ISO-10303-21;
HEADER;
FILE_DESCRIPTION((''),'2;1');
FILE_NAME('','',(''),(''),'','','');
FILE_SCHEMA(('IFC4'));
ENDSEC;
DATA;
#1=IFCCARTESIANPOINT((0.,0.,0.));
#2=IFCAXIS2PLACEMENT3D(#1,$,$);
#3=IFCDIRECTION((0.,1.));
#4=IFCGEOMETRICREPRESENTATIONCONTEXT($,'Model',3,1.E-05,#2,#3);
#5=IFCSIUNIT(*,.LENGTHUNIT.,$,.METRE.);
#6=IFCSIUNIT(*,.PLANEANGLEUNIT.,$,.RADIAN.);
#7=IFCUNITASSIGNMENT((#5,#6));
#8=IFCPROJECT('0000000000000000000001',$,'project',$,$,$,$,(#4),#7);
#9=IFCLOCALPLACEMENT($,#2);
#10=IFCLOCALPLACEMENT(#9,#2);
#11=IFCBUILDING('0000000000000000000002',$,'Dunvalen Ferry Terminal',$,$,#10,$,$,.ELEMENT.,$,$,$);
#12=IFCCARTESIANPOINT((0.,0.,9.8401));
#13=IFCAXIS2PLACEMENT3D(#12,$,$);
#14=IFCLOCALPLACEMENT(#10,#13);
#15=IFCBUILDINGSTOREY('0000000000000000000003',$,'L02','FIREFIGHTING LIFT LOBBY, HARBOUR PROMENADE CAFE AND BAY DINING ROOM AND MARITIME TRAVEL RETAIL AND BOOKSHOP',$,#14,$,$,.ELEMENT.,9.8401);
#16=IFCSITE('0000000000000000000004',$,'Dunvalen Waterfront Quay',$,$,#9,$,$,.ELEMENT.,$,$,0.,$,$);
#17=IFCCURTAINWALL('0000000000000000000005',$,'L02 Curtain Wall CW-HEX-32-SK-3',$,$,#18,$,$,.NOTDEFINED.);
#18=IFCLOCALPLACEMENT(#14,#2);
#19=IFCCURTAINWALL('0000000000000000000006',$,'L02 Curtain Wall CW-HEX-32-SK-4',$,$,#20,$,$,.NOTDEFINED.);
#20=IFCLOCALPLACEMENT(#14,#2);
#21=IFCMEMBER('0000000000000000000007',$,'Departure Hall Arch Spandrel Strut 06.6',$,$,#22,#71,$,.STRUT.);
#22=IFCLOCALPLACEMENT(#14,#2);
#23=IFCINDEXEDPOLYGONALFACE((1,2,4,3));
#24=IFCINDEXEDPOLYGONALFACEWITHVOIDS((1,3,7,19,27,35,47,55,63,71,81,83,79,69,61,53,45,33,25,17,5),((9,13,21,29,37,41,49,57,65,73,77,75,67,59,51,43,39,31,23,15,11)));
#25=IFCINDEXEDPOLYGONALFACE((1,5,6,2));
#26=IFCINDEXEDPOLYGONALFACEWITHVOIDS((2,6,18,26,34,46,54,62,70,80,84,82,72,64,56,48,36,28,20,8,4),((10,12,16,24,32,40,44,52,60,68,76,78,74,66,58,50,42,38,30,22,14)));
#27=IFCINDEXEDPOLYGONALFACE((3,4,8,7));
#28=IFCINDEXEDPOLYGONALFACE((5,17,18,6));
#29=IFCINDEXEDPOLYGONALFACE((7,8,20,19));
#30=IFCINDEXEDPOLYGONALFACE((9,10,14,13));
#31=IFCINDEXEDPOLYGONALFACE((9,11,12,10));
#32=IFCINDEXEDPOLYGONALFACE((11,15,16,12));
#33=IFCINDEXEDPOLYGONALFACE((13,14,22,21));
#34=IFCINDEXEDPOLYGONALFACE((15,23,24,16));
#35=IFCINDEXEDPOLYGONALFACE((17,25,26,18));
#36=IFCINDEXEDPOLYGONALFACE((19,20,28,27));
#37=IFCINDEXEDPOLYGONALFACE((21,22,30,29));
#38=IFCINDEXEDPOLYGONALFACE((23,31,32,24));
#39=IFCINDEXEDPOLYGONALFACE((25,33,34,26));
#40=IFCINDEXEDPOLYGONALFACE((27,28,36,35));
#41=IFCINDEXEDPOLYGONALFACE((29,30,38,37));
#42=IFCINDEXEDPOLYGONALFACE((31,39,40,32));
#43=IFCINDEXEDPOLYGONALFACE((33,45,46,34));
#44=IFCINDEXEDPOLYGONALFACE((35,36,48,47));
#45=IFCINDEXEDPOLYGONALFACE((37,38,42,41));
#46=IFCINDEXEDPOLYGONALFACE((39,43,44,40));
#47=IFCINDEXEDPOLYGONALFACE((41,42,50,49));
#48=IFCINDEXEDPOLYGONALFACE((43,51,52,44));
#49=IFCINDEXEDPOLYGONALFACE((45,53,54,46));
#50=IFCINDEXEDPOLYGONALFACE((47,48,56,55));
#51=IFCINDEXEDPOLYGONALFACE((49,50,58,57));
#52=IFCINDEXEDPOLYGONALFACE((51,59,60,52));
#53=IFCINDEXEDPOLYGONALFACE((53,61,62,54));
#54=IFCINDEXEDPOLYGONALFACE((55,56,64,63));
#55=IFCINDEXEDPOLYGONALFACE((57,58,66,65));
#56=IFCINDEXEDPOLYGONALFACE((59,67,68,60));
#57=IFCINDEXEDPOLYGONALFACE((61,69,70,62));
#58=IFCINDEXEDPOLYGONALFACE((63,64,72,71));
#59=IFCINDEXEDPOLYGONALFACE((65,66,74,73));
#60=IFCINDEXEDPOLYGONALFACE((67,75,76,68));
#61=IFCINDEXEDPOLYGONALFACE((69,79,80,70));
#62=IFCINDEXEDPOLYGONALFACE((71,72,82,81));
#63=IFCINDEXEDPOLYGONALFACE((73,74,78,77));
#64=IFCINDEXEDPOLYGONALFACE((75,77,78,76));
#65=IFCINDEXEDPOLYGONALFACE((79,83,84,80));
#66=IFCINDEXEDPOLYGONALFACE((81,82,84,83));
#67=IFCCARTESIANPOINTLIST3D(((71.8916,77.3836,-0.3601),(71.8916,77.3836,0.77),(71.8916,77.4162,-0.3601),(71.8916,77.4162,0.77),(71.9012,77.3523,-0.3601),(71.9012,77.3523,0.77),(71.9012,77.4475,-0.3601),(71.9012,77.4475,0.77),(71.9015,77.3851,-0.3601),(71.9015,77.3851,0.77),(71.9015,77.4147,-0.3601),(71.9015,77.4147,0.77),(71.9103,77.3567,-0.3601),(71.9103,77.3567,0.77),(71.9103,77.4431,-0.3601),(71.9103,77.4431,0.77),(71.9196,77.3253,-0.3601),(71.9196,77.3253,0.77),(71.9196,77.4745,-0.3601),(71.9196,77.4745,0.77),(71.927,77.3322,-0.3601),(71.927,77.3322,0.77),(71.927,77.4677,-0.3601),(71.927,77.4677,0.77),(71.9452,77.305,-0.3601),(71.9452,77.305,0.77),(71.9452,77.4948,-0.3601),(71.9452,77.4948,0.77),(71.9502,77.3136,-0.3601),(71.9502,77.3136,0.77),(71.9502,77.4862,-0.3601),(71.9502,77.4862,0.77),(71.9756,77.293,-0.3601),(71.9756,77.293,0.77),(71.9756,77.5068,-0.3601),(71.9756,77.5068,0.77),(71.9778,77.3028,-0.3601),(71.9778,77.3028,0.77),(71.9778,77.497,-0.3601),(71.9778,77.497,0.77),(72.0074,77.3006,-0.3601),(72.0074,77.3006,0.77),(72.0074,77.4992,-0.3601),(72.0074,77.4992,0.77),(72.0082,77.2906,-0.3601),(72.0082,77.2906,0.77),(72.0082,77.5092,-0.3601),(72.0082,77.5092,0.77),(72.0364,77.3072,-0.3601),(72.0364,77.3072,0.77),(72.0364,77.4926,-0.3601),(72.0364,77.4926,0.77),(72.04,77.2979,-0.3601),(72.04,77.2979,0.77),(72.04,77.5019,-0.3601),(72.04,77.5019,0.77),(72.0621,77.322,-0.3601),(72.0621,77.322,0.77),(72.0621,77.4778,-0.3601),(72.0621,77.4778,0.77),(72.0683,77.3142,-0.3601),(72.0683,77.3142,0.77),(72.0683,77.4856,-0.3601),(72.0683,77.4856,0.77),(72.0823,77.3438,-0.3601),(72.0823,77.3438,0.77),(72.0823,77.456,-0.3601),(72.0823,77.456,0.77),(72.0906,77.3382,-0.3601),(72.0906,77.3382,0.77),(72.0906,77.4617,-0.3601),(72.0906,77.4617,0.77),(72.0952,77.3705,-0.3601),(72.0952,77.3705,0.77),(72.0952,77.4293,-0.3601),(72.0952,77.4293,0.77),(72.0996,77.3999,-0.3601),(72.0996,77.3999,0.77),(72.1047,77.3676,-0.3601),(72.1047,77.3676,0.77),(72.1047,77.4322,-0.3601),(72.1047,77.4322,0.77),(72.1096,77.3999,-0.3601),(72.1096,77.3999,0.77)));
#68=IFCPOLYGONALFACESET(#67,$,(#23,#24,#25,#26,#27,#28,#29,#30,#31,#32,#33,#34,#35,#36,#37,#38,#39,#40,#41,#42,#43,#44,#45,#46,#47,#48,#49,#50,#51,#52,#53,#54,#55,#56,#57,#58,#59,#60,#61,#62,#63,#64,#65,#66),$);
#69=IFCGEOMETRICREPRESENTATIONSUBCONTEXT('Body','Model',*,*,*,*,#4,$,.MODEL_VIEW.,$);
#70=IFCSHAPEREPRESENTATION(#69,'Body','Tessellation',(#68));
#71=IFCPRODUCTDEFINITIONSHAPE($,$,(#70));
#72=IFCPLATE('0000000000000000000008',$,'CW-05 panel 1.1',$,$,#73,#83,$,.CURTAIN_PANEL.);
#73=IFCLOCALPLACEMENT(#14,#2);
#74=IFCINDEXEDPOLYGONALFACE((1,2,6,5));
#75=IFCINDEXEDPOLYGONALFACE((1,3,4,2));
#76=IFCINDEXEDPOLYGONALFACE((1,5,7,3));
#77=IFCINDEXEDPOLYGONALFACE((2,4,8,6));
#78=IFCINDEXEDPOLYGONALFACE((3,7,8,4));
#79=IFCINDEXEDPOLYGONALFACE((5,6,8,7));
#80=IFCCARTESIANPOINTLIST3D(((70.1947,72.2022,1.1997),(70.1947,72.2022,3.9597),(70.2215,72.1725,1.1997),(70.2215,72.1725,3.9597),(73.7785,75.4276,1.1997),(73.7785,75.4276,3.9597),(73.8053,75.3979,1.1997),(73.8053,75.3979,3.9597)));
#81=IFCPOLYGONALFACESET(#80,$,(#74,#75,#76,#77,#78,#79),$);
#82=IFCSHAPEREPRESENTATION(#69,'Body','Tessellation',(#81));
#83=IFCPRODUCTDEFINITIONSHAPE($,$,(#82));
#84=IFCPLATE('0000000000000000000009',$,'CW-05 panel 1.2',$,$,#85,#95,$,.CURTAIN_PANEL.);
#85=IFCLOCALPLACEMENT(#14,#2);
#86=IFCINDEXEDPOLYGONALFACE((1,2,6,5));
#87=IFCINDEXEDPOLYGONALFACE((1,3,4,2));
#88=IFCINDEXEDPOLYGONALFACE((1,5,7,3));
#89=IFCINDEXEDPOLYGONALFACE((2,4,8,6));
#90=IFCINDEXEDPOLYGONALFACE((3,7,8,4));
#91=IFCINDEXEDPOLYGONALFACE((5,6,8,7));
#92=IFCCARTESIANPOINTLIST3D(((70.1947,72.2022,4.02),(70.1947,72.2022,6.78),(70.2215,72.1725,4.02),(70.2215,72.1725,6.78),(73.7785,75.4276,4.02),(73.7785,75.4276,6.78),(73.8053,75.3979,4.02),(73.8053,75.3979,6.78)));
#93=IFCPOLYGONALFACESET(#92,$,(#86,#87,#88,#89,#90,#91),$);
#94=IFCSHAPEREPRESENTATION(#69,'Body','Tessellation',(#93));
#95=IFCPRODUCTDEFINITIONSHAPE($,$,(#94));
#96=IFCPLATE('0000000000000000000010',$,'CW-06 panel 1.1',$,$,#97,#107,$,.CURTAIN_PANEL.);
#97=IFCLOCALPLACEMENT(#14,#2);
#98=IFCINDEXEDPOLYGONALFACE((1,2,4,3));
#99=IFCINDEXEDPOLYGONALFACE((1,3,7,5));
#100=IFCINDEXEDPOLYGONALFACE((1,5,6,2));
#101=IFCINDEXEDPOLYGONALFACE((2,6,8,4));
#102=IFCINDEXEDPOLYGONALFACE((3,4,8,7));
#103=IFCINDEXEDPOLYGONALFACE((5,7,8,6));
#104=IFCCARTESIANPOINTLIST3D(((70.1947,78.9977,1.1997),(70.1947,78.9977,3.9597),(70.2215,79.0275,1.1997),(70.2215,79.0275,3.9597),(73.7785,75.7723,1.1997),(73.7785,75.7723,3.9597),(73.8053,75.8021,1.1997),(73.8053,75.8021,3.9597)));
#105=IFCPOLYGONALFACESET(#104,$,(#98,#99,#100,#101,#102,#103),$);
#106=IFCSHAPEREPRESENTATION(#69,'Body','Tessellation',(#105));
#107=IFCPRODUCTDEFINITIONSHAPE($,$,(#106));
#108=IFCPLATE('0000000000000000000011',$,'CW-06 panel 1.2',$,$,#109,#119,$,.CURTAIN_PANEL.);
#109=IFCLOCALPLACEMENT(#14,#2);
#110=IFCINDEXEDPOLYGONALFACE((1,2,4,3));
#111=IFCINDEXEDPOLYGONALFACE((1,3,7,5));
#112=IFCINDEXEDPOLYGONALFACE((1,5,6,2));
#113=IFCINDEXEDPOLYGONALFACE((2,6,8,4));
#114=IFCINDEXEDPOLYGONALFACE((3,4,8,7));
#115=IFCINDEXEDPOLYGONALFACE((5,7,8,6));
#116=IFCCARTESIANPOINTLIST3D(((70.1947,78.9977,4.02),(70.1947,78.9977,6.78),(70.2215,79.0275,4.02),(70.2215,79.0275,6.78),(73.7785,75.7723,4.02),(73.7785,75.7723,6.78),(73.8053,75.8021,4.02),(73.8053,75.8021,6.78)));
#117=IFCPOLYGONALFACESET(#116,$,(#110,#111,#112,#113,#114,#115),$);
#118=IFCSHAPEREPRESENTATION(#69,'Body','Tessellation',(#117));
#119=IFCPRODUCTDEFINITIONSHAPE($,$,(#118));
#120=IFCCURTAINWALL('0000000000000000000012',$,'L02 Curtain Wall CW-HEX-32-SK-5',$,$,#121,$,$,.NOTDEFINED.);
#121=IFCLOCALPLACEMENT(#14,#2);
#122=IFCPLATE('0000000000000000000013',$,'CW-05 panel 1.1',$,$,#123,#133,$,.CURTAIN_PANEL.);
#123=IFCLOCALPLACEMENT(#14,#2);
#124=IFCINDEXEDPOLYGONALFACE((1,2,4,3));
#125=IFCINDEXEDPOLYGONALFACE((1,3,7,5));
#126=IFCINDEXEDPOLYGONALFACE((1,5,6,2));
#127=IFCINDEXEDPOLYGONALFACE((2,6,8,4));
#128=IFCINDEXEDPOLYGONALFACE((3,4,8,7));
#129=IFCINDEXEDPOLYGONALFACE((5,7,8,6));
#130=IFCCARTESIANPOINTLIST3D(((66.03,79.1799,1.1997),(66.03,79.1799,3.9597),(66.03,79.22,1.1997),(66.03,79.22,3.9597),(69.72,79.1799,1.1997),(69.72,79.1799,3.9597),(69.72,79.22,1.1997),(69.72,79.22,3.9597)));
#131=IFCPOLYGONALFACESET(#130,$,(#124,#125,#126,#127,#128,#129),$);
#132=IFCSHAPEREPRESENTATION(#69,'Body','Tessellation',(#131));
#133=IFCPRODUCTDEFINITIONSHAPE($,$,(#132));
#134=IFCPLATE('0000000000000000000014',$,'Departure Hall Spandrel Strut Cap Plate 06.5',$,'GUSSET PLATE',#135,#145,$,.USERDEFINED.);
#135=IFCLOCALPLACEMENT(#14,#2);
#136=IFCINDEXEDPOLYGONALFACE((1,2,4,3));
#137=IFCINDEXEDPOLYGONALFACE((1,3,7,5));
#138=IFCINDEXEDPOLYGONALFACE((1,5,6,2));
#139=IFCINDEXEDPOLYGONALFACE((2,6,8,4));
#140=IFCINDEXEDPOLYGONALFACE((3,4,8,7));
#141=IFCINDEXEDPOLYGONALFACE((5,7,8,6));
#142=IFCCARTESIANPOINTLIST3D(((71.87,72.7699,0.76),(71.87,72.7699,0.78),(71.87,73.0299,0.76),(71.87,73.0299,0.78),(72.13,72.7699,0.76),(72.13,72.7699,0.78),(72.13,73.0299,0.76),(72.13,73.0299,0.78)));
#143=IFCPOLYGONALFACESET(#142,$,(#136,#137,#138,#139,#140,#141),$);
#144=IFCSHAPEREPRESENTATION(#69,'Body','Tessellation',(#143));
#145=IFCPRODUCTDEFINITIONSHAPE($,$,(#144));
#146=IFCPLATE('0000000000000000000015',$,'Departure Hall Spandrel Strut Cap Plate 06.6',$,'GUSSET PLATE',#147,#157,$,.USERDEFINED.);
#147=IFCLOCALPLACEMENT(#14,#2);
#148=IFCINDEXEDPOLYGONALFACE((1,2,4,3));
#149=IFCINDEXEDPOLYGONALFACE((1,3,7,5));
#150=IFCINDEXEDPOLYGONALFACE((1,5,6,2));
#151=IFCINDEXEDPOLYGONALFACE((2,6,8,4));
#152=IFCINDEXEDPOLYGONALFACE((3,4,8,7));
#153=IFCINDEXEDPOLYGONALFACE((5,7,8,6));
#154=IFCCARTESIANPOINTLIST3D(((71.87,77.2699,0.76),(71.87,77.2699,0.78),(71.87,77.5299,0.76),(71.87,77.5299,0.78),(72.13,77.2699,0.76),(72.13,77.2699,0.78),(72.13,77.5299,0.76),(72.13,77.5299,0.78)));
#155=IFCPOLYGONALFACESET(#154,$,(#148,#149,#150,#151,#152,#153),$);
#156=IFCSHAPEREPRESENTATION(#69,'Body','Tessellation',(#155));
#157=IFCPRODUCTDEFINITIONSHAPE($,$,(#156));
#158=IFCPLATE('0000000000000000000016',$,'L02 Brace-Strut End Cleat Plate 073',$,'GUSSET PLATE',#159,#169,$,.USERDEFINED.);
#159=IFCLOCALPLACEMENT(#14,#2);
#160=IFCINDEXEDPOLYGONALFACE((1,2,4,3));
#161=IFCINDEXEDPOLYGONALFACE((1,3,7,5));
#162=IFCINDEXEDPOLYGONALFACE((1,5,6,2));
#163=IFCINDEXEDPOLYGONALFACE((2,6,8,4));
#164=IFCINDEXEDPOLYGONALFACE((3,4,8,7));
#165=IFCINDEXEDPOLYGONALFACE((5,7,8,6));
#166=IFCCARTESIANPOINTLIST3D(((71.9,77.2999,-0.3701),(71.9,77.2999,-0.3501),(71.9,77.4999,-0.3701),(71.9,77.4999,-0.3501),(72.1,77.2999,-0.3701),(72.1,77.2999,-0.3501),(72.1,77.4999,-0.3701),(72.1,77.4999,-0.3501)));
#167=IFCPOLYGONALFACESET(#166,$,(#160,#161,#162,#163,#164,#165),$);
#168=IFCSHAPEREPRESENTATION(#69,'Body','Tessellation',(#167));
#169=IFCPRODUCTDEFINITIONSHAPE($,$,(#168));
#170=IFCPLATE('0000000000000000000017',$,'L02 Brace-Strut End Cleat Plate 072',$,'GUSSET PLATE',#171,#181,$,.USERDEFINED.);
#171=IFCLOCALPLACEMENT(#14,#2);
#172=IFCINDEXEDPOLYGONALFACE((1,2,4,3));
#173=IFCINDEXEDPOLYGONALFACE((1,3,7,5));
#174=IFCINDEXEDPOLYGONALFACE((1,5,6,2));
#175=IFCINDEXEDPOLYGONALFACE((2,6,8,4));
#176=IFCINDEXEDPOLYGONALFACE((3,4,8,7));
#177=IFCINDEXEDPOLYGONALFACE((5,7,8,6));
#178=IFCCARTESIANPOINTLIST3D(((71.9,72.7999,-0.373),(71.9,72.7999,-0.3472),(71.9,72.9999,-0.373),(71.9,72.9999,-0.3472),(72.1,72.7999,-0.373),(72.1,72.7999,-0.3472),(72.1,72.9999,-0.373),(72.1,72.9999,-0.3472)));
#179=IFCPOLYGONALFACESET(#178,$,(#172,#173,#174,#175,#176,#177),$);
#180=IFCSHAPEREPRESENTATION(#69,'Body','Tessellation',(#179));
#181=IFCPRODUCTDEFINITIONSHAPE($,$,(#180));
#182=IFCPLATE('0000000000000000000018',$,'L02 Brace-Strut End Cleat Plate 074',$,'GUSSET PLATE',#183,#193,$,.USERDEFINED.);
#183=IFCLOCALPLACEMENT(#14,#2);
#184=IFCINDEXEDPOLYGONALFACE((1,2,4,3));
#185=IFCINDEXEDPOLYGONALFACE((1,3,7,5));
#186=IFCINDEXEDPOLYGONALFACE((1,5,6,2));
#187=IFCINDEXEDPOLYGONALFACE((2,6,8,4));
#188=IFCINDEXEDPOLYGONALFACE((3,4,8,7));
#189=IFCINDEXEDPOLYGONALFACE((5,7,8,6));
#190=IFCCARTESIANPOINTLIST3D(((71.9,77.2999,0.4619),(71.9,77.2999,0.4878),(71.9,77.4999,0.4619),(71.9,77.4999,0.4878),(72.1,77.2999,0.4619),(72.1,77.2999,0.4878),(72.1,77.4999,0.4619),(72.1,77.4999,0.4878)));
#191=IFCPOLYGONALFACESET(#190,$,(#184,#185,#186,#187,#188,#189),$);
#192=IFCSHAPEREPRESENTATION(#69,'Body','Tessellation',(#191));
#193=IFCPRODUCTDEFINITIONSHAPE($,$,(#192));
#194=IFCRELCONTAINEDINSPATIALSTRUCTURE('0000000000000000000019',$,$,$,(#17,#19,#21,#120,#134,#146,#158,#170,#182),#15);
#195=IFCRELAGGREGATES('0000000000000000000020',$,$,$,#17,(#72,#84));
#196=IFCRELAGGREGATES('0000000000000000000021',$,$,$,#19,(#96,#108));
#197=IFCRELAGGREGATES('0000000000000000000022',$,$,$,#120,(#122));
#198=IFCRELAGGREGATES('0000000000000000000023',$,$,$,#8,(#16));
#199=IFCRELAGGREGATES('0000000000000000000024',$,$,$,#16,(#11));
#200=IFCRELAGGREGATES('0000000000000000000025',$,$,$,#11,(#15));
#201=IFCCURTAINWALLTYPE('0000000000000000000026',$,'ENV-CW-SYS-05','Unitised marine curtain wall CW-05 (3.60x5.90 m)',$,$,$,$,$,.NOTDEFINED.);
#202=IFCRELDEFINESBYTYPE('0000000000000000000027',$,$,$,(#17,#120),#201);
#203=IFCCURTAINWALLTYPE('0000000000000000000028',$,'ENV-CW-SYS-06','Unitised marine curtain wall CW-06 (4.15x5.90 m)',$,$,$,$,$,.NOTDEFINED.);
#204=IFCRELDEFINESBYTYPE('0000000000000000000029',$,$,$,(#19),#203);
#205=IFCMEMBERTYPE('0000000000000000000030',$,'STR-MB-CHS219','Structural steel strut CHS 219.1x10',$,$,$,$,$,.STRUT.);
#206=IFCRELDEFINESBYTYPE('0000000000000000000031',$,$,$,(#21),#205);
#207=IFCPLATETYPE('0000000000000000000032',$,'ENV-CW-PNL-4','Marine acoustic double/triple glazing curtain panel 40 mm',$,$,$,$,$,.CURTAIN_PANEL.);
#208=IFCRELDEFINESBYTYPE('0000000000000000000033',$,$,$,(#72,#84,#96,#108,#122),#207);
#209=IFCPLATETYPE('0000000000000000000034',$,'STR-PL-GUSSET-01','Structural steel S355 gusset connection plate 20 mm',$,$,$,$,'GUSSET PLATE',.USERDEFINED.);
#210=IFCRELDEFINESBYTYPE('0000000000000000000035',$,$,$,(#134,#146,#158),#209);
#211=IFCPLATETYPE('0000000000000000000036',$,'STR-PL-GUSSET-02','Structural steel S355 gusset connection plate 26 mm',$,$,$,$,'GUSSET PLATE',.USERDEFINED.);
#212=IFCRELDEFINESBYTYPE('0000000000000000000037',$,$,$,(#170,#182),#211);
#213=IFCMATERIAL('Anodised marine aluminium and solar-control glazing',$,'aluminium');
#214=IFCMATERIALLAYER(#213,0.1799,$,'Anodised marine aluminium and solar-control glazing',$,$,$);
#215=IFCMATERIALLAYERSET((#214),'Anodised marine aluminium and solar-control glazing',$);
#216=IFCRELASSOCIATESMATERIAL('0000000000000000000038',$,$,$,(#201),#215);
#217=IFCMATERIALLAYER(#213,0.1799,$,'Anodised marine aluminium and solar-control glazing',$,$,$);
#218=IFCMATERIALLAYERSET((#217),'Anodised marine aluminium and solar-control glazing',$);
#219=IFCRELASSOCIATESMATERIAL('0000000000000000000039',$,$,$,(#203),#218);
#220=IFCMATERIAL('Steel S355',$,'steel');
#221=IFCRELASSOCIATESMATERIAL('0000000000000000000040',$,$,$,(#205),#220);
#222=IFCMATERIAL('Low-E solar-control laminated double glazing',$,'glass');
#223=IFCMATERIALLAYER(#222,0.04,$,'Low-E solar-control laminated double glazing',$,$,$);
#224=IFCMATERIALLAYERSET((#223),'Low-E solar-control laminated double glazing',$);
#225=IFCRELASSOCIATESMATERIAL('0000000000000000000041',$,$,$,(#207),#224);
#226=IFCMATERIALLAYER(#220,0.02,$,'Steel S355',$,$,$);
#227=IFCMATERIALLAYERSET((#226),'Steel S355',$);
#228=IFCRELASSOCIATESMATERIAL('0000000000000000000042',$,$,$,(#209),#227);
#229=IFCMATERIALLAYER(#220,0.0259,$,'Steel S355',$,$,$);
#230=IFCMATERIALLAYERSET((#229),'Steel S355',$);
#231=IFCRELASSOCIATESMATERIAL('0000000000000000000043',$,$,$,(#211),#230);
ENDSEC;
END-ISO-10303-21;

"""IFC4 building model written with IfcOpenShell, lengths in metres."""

from ifc_helpers import new_model, si_unit, direction, frame, origin, origin_2d, place, context, subcontext, project, spatial, rectangle, hollow_circle, extrude, material, layer, layer_set, material_profile, profile_set, type_object, element, aggregate, save


model = new_model("IFC4")

# Units and contexts
model_context = context("Model", 3, precision=1e-05, world=origin(), true_north=direction((0.0, 1.0)))
body_context = subcontext(model_context, "Body", "Model", "MODEL_VIEW")
ifc_project = project(units=[si_unit("LENGTHUNIT", "METRE"), si_unit("PLANEANGLEUNIT", "RADIAN")], contexts=[model_context])

# Site, building, storey
site_placement = place(None, origin())
site = spatial("IfcSite", under=ifc_project, at=site_placement, Name="Dunvalen Waterfront Quay", CompositionType="ELEMENT", RefElevation=0.0)
building_placement = place(site_placement, origin())
building = spatial("IfcBuilding", under=site, at=building_placement, Name="Dunvalen Ferry Terminal", CompositionType="ELEMENT")
storey_placement = place(building_placement, frame((0.0, 0.0, 9.8401)))
storey = spatial("IfcBuildingStorey", under=building, at=storey_placement, Name="L02", Description="FIREFIGHTING LIFT LOBBY, HARBOUR PROMENADE CAFE AND BAY DINING ROOM AND MARITIME TRAVEL RETAIL AND BOOKSHOP", CompositionType="ELEMENT", Elevation=9.8401)

# Curtain wall
ifc_material_1 = material(Name="Anodised marine aluminium and solar-control glazing", Category="aluminium")
ifc_layer_1 = layer(ifc_material_1, 0.1799, Name="Anodised marine aluminium and solar-control glazing")
ifc_layer_set_1 = layer_set([ifc_layer_1], Name="Anodised marine aluminium and solar-control glazing")
curtain_wall_type_1 = type_object("IfcCurtainWallType", Name="ENV-CW-SYS-05", Description="Unitised marine curtain wall CW-05 (3.60x5.90 m)", PredefinedType="NOTDEFINED", material=ifc_layer_set_1)
curtain_wall_1_placement = place(storey_placement, origin())
curtain_wall_1 = element("IfcCurtainWall", 1, at=curtain_wall_1_placement, inside=storey, type_object=curtain_wall_type_1, Name="L02 Curtain Wall CW-HEX-32-SK-3", PredefinedType="NOTDEFINED")

# Curtain wall
ifc_layer_2 = layer(ifc_material_1, 0.1799, Name="Anodised marine aluminium and solar-control glazing")
ifc_layer_set_2 = layer_set([ifc_layer_2], Name="Anodised marine aluminium and solar-control glazing")
curtain_wall_type_2 = type_object("IfcCurtainWallType", Name="ENV-CW-SYS-06", Description="Unitised marine curtain wall CW-06 (4.15x5.90 m)", PredefinedType="NOTDEFINED", material=ifc_layer_set_2)
curtain_wall_2_placement = place(storey_placement, origin())
curtain_wall_2 = element("IfcCurtainWall", 2, at=curtain_wall_2_placement, inside=storey, type_object=curtain_wall_type_2, Name="L02 Curtain Wall CW-HEX-32-SK-4", PredefinedType="NOTDEFINED")

# Shared definitions
ifc_material_2 = material(Name="Steel S355", Category="steel")

# Member
ifc_material_profile_1 = material_profile(ifc_material_2, hollow_circle(Radius=0.1096, WallThickness=0.01, at=origin_2d()), Name="Steel S355")
ifc_profile_set_1 = profile_set([ifc_material_profile_1], Name="Steel S355")
member_type_1 = type_object("IfcMemberType", Name="STR-MB-CHS219", Description="Structural steel strut CHS 219.1x10", PredefinedType="STRUT", material=ifc_profile_set_1)
for number, where, z_axis, x_axis, name in (
    (3, (72.0, 77.3999, -0.3601), (0.0, 0.0, 1.0), (1.0, 0.0, 0.0), "Departure Hall Arch Spandrel Strut 06.6"),
):
    element("IfcMember", number, at=place(storey_placement, frame(where, z_axis=z_axis, x_axis=x_axis)), inside=storey, type_object=member_type_1, Name=name, PredefinedType="STRUT", context=body_context, shape_type="SweptSolid", body=[
        extrude(hollow_circle(Radius=0.1096, WallThickness=0.01, at=origin_2d()), origin(), (0.0, 0.0, 1.0), 1.1301),
    ])

# Plates
ifc_material_3 = material(Name="Low-E solar-control laminated double glazing", Category="glass")
ifc_layer_3 = layer(ifc_material_3, 0.04, Name="Low-E solar-control laminated double glazing")
ifc_layer_set_3 = layer_set([ifc_layer_3], Name="Low-E solar-control laminated double glazing")
plate_type_1 = type_object("IfcPlateType", Name="ENV-CW-PNL-4", Description="Marine acoustic double/triple glazing curtain panel 40 mm", PredefinedType="CURTAIN_PANEL", material=ifc_layer_set_3)
plate_1_placement = place(storey_placement, frame((72.0, 73.8, 1.1997), z_axis=(0.0, 0.0, 1.0), x_axis=(0.743304, 0.668954, 0.0)))
plate_1 = element("IfcPlate", 4, at=plate_1_placement, type_object=plate_type_1, Name="CW-05 panel 1.1", PredefinedType="CURTAIN_PANEL", context=body_context, shape_type="SweptSolid", body=[
    extrude(rectangle(XDim=4.8215, YDim=0.04, at=origin_2d()), origin(), (0.0, 0.0, 1.0), 2.76),
])
plate_2_placement = place(storey_placement, frame((72.0, 73.8, 4.02), z_axis=(0.0, 0.0, 1.0), x_axis=(0.743304, 0.668954, 0.0)))
plate_2 = element("IfcPlate", 5, at=plate_2_placement, type_object=plate_type_1, Name="CW-05 panel 1.2", PredefinedType="CURTAIN_PANEL", context=body_context, shape_type="SweptSolid", body=[
    extrude(rectangle(XDim=4.8215, YDim=0.04, at=origin_2d()), origin(), (0.0, 0.0, 1.0), 2.76),
])
aggregate(curtain_wall_1, [plate_1, plate_2])
plate_3_placement = place(storey_placement, frame((72.0, 77.3999, 1.1997), z_axis=(0.0, 0.0, 1.0), x_axis=(-0.743304, 0.668954, 0.0)))
plate_3 = element("IfcPlate", 6, at=plate_3_placement, type_object=plate_type_1, Name="CW-06 panel 1.1", PredefinedType="CURTAIN_PANEL", context=body_context, shape_type="SweptSolid", body=[
    extrude(rectangle(XDim=4.8215, YDim=0.04, at=origin_2d()), origin(), (0.0, 0.0, 1.0), 2.76),
])
plate_4_placement = place(storey_placement, frame((72.0, 77.3999, 4.02), z_axis=(0.0, 0.0, 1.0), x_axis=(-0.743304, 0.668954, 0.0)))
plate_4 = element("IfcPlate", 7, at=plate_4_placement, type_object=plate_type_1, Name="CW-06 panel 1.2", PredefinedType="CURTAIN_PANEL", context=body_context, shape_type="SweptSolid", body=[
    extrude(rectangle(XDim=4.8215, YDim=0.04, at=origin_2d()), origin(), (0.0, 0.0, 1.0), 2.76),
])
aggregate(curtain_wall_2, [plate_3, plate_4])

# Curtain wall, plate
curtain_wall_3_placement = place(storey_placement, origin())
curtain_wall_3 = element("IfcCurtainWall", 8, at=curtain_wall_3_placement, inside=storey, type_object=curtain_wall_type_1, Name="L02 Curtain Wall CW-HEX-32-SK-5", PredefinedType="NOTDEFINED")
plate_5_placement = place(storey_placement, frame((67.875, 79.2, 1.1997), z_axis=(0.0, 0.0, 1.0), x_axis=(-1.0, 0.0, 0.0)))
plate_5 = element("IfcPlate", 9, at=plate_5_placement, type_object=plate_type_1, Name="CW-05 panel 1.1", PredefinedType="CURTAIN_PANEL", context=body_context, shape_type="SweptSolid", body=[
    extrude(rectangle(XDim=3.6899, YDim=0.04, at=origin_2d()), origin(), (0.0, 0.0, 1.0), 2.76),
])
aggregate(curtain_wall_3, [plate_5])

# Plates
ifc_layer_4 = layer(ifc_material_2, 0.02, Name="Steel S355")
ifc_layer_set_4 = layer_set([ifc_layer_4], Name="Steel S355")
plate_type_2 = type_object("IfcPlateType", Name="STR-PL-GUSSET-01", Description="Structural steel S355 gusset connection plate 20 mm", ElementType="GUSSET PLATE", PredefinedType="USERDEFINED", material=ifc_layer_set_4)
for number, where, z_axis, x_axis, name in (
    (10, (72.0, 72.8999, 0.76), (0.0, 0.0, 1.0), (1.0, 0.0, 0.0), "Departure Hall Spandrel Strut Cap Plate 06.5"),
    (11, (72.0, 77.3999, 0.76), (0.0, 0.0, 1.0), (1.0, 0.0, 0.0), "Departure Hall Spandrel Strut Cap Plate 06.6"),
):
    element("IfcPlate", number, at=place(storey_placement, frame(where, z_axis=z_axis, x_axis=x_axis)), inside=storey, type_object=plate_type_2, Name=name, ObjectType="GUSSET PLATE", PredefinedType="USERDEFINED", context=body_context, shape_type="SweptSolid", body=[
        extrude(rectangle(XDim=0.26, YDim=0.26, at=origin_2d()), origin(), (0.0, 0.0, 1.0), 0.02),
    ])
plate_6_placement = place(storey_placement, frame((72.0, 77.3999, -0.3701), z_axis=(0.0, 0.0, 1.0), x_axis=(1.0, 0.0, 0.0)))
element("IfcPlate", 12, at=plate_6_placement, inside=storey, type_object=plate_type_2, Name="L02 Brace-Strut End Cleat Plate 073", ObjectType="GUSSET PLATE", PredefinedType="USERDEFINED", context=body_context, shape_type="SweptSolid", body=[
    extrude(rectangle(XDim=0.2, YDim=0.2, at=origin_2d()), origin(), (0.0, 0.0, 1.0), 0.02),
])
ifc_layer_5 = layer(ifc_material_2, 0.0259, Name="Steel S355")
ifc_layer_set_5 = layer_set([ifc_layer_5], Name="Steel S355")
plate_type_3 = type_object("IfcPlateType", Name="STR-PL-GUSSET-02", Description="Structural steel S355 gusset connection plate 26 mm", ElementType="GUSSET PLATE", PredefinedType="USERDEFINED", material=ifc_layer_set_5)
for number, where, z_axis, x_axis, name in (
    (13, (72.0, 72.8999, -0.373), (0.0, 0.0, 1.0), (1.0, 0.0, 0.0), "L02 Brace-Strut End Cleat Plate 072"),
    (14, (72.0, 77.3999, 0.4619), (0.0, 0.0, 1.0), (1.0, 0.0, 0.0), "L02 Brace-Strut End Cleat Plate 074"),
):
    element("IfcPlate", number, at=place(storey_placement, frame(where, z_axis=z_axis, x_axis=x_axis)), inside=storey, type_object=plate_type_3, Name=name, ObjectType="GUSSET PLATE", PredefinedType="USERDEFINED", context=body_context, shape_type="SweptSolid", body=[
        extrude(rectangle(XDim=0.2, YDim=0.2, at=origin_2d()), origin(), (0.0, 0.0, 1.0), 0.0259),
    ])

save(model, "model.ifc")
